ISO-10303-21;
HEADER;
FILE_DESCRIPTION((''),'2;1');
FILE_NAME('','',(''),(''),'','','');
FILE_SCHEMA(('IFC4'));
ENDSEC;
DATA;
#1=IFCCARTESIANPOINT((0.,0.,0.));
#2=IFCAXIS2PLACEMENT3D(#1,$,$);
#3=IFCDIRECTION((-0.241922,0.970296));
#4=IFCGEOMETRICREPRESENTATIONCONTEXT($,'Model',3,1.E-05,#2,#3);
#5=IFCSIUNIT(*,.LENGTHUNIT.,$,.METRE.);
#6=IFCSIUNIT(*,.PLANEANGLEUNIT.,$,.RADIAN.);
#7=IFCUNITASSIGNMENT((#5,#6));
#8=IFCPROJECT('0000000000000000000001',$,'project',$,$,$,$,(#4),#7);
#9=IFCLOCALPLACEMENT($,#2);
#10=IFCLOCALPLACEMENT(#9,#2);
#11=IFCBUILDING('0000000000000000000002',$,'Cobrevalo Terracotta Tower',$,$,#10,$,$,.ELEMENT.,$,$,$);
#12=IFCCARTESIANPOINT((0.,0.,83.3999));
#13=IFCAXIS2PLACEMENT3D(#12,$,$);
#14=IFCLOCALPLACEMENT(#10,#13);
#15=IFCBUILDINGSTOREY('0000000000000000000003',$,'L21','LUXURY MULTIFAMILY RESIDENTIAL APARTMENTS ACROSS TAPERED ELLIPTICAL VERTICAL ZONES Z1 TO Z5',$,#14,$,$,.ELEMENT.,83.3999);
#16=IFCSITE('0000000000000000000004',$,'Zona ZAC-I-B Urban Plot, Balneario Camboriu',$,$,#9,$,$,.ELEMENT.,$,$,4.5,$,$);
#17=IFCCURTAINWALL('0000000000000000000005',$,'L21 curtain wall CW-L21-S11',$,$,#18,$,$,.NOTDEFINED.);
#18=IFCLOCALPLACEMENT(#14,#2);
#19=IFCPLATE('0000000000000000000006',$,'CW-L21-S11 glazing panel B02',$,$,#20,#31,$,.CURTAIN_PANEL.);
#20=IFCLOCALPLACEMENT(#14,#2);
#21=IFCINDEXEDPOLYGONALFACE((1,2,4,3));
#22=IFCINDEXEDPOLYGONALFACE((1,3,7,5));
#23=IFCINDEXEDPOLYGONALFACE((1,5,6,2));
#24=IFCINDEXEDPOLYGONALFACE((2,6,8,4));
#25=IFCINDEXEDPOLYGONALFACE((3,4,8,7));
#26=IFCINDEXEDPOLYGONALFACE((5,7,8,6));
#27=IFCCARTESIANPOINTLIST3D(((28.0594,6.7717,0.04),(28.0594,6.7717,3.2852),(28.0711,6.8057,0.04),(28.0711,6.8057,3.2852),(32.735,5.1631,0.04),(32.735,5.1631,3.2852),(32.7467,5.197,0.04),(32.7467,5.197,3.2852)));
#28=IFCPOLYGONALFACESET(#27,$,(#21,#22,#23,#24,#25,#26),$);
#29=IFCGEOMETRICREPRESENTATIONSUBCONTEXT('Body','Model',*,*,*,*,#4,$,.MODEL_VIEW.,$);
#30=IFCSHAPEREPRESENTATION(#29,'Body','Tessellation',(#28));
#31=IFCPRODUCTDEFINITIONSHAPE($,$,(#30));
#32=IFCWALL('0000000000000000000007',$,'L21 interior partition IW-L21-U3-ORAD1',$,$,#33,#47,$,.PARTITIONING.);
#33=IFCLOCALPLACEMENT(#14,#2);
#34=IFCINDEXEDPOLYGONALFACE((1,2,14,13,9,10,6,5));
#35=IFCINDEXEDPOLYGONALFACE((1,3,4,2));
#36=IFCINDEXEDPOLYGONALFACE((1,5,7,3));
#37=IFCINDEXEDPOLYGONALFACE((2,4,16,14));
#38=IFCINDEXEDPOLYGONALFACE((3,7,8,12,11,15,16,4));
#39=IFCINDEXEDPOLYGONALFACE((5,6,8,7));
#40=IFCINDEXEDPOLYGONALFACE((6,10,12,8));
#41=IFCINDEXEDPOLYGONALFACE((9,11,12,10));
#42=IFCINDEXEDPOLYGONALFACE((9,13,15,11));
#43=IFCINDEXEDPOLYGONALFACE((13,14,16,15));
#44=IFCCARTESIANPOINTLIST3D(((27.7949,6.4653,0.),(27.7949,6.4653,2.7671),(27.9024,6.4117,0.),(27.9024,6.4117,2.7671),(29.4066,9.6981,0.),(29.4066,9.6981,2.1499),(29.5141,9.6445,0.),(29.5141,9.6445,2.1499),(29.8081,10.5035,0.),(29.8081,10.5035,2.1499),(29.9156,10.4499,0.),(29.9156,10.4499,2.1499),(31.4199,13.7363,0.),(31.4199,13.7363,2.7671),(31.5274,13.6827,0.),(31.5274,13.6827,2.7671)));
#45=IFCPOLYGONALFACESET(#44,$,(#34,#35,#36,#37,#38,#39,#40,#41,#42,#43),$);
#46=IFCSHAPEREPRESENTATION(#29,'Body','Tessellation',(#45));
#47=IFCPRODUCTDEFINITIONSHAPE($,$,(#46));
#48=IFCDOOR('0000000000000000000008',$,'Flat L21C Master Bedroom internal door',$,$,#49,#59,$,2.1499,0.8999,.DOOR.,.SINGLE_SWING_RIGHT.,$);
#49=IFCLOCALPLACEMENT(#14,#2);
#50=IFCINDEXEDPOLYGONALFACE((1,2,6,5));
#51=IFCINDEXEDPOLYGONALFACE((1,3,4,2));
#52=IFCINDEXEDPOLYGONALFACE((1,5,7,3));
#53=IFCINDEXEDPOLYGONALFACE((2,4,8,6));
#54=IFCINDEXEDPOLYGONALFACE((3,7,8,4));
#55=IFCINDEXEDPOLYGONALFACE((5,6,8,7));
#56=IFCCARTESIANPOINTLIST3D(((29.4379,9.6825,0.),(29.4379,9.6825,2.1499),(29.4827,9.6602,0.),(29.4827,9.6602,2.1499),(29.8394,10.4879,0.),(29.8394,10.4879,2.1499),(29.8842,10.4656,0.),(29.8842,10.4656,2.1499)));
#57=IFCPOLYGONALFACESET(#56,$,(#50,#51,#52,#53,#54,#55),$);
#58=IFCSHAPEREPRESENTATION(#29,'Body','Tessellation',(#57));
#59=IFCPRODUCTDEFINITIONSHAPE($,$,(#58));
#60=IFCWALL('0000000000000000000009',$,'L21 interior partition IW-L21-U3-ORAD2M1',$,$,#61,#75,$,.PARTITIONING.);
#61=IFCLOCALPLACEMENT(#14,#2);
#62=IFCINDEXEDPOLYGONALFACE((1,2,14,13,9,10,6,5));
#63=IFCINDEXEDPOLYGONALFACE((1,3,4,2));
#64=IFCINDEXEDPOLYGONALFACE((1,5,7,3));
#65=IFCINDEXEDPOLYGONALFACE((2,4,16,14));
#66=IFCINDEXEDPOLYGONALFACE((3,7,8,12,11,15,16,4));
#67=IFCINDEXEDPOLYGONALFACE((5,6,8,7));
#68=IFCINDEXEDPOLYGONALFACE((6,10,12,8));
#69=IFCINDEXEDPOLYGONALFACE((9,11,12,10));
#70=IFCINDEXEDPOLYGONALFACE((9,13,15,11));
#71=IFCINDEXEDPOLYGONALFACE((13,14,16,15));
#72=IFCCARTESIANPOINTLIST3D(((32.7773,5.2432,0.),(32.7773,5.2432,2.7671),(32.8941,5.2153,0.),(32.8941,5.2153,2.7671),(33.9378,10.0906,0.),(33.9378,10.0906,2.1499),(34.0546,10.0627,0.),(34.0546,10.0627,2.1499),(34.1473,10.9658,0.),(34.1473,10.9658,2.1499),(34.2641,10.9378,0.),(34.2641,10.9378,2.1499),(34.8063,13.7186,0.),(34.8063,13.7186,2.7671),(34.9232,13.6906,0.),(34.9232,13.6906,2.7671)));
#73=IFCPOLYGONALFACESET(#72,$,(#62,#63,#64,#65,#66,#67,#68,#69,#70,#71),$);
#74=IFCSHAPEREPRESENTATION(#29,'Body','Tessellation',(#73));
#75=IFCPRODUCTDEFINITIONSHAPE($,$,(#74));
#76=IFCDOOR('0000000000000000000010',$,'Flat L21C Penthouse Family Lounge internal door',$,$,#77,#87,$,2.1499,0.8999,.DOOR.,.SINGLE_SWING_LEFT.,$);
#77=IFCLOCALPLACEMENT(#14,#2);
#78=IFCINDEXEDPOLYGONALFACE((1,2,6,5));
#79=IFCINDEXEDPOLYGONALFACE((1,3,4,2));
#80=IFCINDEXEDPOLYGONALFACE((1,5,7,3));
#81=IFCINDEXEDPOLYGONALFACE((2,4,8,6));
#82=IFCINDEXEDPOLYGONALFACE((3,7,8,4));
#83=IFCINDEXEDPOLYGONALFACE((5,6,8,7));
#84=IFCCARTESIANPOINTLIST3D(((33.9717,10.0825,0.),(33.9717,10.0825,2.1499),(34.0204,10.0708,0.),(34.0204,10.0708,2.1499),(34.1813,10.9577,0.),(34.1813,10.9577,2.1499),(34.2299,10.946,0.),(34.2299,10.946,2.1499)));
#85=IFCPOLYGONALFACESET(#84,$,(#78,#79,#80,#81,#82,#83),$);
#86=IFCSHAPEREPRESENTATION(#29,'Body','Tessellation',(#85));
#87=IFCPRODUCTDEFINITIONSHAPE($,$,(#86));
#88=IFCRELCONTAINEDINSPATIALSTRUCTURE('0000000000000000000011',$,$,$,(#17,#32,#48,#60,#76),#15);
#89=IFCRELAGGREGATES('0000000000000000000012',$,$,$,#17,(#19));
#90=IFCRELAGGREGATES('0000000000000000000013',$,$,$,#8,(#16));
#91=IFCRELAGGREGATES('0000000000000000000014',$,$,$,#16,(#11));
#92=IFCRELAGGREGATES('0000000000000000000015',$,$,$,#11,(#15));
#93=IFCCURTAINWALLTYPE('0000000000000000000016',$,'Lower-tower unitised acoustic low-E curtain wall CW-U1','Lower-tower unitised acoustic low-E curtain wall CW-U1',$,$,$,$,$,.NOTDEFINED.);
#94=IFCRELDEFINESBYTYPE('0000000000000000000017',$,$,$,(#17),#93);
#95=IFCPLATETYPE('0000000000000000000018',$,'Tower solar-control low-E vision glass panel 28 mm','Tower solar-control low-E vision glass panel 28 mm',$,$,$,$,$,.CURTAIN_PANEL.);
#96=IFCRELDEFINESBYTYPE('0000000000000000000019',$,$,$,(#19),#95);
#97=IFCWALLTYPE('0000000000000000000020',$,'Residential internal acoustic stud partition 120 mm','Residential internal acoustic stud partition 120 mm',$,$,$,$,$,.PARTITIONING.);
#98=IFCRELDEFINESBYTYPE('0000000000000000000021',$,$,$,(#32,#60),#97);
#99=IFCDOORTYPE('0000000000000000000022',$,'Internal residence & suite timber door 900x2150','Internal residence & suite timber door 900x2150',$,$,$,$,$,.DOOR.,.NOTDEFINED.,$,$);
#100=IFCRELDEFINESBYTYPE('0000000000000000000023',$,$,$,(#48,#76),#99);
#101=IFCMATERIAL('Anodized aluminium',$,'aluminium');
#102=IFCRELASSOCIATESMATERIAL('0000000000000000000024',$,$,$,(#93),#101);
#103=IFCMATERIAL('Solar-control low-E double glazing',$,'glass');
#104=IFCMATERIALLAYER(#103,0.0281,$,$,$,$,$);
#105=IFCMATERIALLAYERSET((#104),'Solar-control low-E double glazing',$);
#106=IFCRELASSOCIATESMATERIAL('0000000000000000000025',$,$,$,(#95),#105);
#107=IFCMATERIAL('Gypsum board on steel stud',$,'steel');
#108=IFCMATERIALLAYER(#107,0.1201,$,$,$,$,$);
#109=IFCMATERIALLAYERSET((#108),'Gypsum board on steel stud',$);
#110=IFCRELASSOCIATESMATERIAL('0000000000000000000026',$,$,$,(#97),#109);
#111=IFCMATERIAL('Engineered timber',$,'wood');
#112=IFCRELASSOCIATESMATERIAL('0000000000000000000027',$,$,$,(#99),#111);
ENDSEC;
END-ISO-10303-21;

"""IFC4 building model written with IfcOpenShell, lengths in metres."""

from ifc_helpers import new_model, si_unit, direction, frame, frame_2d, origin, origin_2d, place, context, subcontext, project, spatial, rectangle, extrude, source, transform, mapped, material, layer, layer_set, type_object, element, fill, aggregate, save


model = new_model("IFC4")

# Units and contexts
model_context = context("Model", 3, precision=1e-05, world=origin(), true_north=direction((-0.241922, 0.970296)))
body_context = subcontext(model_context, "Body", "Model", "MODEL_VIEW")
ifc_project = project(units=[si_unit("LENGTHUNIT", "METRE"), si_unit("PLANEANGLEUNIT", "RADIAN")], contexts=[model_context])

# Site, building, storey
site_placement = place(None, origin())
site = spatial("IfcSite", under=ifc_project, at=site_placement, Name="Zona ZAC-I-B Urban Plot, Balneario Camboriu", CompositionType="ELEMENT", RefElevation=4.5)
building_placement = place(site_placement, origin())
building = spatial("IfcBuilding", under=site, at=building_placement, Name="Cobrevalo Terracotta Tower", CompositionType="ELEMENT")
storey_placement = place(building_placement, frame((0.0, 0.0, 83.3999)))
storey = spatial("IfcBuildingStorey", under=building, at=storey_placement, Name="L21", Description="LUXURY MULTIFAMILY RESIDENTIAL APARTMENTS ACROSS TAPERED ELLIPTICAL VERTICAL ZONES Z1 TO Z5", CompositionType="ELEMENT", Elevation=83.3999)

# Curtain wall
ifc_material_1 = material(Name="Anodized aluminium", Category="aluminium")
curtain_wall_type = type_object("IfcCurtainWallType", Name="Lower-tower unitised acoustic low-E curtain wall CW-U1", Description="Lower-tower unitised acoustic low-E curtain wall CW-U1", PredefinedType="NOTDEFINED", material=ifc_material_1)
curtain_wall_1_placement = place(storey_placement, origin())
curtain_wall_1 = element("IfcCurtainWall", 1, at=curtain_wall_1_placement, inside=storey, type_object=curtain_wall_type, Name="L21 curtain wall CW-L21-S11", PredefinedType="NOTDEFINED")

# Plate
ifc_material_2 = material(Name="Solar-control low-E double glazing", Category="glass")
ifc_layer_1 = layer(ifc_material_2, 0.0281)
ifc_layer_set_1 = layer_set([ifc_layer_1], Name="Solar-control low-E double glazing")
plate_type = type_object("IfcPlateType", Name="Tower solar-control low-E vision glass panel 28 mm", Description="Tower solar-control low-E vision glass panel 28 mm", PredefinedType="CURTAIN_PANEL", material=ifc_layer_set_1)
shared_shape_1 = source(origin(), body_context, "Body", "SweptSolid", [
    extrude(rectangle(XDim=4.9446, YDim=0.0359, at=origin_2d()), origin(), (0.0, 0.0, 1.0), 3.2451),
])
plate_1_placement = place(storey_placement, frame((30.4031, 5.9844, 0.04), z_axis=(0.0, 0.0, 1.0), x_axis=(0.945596, -0.325342, 0.0)))
plate_1 = element("IfcPlate", 2, at=plate_1_placement, type_object=plate_type, Name="CW-L21-S11 glazing panel B02", PredefinedType="CURTAIN_PANEL", context=body_context, shape_type="MappedRepresentation", body=[
    mapped(shared_shape_1, transform((0.0, 0.0, 0.0), scale=1.0)),
])
aggregate(curtain_wall_1, [plate_1])

# Walls, openings, doors
ifc_material_3 = material(Name="Gypsum board on steel stud", Category="steel")
ifc_layer_2 = layer(ifc_material_3, 0.1201)
ifc_layer_set_2 = layer_set([ifc_layer_2], Name="Gypsum board on steel stud")
wall_type = type_object("IfcWallType", Name="Residential internal acoustic stud partition 120 mm", Description="Residential internal acoustic stud partition 120 mm", PredefinedType="PARTITIONING", material=ifc_layer_set_2)
wall_1_placement = place(storey_placement, frame((31.4736, 13.7095, 0.0), z_axis=(0.0, 0.0, 1.0), x_axis=(-0.44618, -0.894943, 0.0)))
wall_1 = element("IfcWall", 3, at=wall_1_placement, inside=storey, type_object=wall_type, Name="L21 interior partition IW-L21-U3-ORAD1", PredefinedType="PARTITIONING", context=body_context, shape_type="SweptSolid", body=[
    extrude(rectangle(XDim=8.1245, YDim=0.1201, at=frame_2d((4.0623, 0.0))), origin(), (0.0, 0.0, 1.0), 2.7671),
])
opening_1_placement = place(wall_1_placement, frame((3.6123, 0.0, 0.0)))
opening_1 = element("IfcOpeningElement", 4, at=opening_1_placement, cuts=wall_1, PredefinedType="OPENING", context=body_context, shape_type="SweptSolid", body=[
    extrude(rectangle(XDim=0.8999, YDim=2.1499, at=frame_2d((0.45, 1.075))), frame((0.0, 0.0701, 0.0), z_axis=(0.0, -1.0, 0.0), x_axis=(1.0, 0.0, 0.0)), (0.0, 0.0, 1.0), 0.1401),
])
ifc_material_4 = material(Name="Engineered timber", Category="wood")
door_type = type_object("IfcDoorType", Name="Internal residence & suite timber door 900x2150", Description="Internal residence & suite timber door 900x2150", OperationType="NOTDEFINED", PredefinedType="DOOR", material=ifc_material_4)
shared_shape_2 = source(origin(), body_context, "Body", "SweptSolid", [
    extrude(rectangle(XDim=0.8999, YDim=2.1499, at=frame_2d((0.45, 1.075))), frame((0.0, 0.0249, 0.0), z_axis=(0.0, -1.0, 0.0), x_axis=(1.0, 0.0, 0.0)), (0.0, 0.0, 1.0), 0.05),
])
door_1_placement = place(opening_1_placement, origin())
door_1 = element("IfcDoor", 5, at=door_1_placement, inside=storey, type_object=door_type, Name="Flat L21C Master Bedroom internal door", OperationType="SINGLE_SWING_RIGHT", OverallHeight=2.1499, OverallWidth=0.8999, PredefinedType="DOOR", context=body_context, shape_type="MappedRepresentation", body=[
    mapped(shared_shape_2, transform((0.0, 0.0, 0.0), scale=1.0)),
])
fill(opening_1, door_1)
wall_2_placement = place(storey_placement, frame((34.8647, 13.7046, 0.0), z_axis=(0.0, 0.0, 1.0), x_axis=(-0.232827, -0.972518, 0.0)))
wall_2 = element("IfcWall", 6, at=wall_2_placement, inside=storey, type_object=wall_type, Name="L21 interior partition IW-L21-U3-ORAD2M1", PredefinedType="PARTITIONING", context=body_context, shape_type="SweptSolid", body=[
    extrude(rectangle(XDim=8.7148, YDim=0.1201, at=frame_2d((4.3574, 0.0))), origin(), (0.0, 0.0, 1.0), 2.7671),
])
opening_2_placement = place(wall_2_placement, frame((2.8306, 0.0, 0.0)))
opening_2 = element("IfcOpeningElement", 7, at=opening_2_placement, cuts=wall_2, PredefinedType="OPENING", context=body_context, shape_type="SweptSolid", body=[
    extrude(rectangle(XDim=0.8999, YDim=2.1499, at=frame_2d((0.45, 1.075))), frame((0.0, 0.0701, 0.0), z_axis=(0.0, -1.0, 0.0), x_axis=(1.0, 0.0, 0.0)), (0.0, 0.0, 1.0), 0.1401),
])
door_2_placement = place(opening_2_placement, origin())
door_2 = element("IfcDoor", 8, at=door_2_placement, inside=storey, type_object=door_type, Name="Flat L21C Penthouse Family Lounge internal door", OperationType="SINGLE_SWING_LEFT", OverallHeight=2.1499, OverallWidth=0.8999, PredefinedType="DOOR", context=body_context, shape_type="MappedRepresentation", body=[
    mapped(shared_shape_2, transform((0.0, 0.0, 0.0), scale=1.0)),
])
fill(opening_2, door_2)

save(model, "model.ifc")
